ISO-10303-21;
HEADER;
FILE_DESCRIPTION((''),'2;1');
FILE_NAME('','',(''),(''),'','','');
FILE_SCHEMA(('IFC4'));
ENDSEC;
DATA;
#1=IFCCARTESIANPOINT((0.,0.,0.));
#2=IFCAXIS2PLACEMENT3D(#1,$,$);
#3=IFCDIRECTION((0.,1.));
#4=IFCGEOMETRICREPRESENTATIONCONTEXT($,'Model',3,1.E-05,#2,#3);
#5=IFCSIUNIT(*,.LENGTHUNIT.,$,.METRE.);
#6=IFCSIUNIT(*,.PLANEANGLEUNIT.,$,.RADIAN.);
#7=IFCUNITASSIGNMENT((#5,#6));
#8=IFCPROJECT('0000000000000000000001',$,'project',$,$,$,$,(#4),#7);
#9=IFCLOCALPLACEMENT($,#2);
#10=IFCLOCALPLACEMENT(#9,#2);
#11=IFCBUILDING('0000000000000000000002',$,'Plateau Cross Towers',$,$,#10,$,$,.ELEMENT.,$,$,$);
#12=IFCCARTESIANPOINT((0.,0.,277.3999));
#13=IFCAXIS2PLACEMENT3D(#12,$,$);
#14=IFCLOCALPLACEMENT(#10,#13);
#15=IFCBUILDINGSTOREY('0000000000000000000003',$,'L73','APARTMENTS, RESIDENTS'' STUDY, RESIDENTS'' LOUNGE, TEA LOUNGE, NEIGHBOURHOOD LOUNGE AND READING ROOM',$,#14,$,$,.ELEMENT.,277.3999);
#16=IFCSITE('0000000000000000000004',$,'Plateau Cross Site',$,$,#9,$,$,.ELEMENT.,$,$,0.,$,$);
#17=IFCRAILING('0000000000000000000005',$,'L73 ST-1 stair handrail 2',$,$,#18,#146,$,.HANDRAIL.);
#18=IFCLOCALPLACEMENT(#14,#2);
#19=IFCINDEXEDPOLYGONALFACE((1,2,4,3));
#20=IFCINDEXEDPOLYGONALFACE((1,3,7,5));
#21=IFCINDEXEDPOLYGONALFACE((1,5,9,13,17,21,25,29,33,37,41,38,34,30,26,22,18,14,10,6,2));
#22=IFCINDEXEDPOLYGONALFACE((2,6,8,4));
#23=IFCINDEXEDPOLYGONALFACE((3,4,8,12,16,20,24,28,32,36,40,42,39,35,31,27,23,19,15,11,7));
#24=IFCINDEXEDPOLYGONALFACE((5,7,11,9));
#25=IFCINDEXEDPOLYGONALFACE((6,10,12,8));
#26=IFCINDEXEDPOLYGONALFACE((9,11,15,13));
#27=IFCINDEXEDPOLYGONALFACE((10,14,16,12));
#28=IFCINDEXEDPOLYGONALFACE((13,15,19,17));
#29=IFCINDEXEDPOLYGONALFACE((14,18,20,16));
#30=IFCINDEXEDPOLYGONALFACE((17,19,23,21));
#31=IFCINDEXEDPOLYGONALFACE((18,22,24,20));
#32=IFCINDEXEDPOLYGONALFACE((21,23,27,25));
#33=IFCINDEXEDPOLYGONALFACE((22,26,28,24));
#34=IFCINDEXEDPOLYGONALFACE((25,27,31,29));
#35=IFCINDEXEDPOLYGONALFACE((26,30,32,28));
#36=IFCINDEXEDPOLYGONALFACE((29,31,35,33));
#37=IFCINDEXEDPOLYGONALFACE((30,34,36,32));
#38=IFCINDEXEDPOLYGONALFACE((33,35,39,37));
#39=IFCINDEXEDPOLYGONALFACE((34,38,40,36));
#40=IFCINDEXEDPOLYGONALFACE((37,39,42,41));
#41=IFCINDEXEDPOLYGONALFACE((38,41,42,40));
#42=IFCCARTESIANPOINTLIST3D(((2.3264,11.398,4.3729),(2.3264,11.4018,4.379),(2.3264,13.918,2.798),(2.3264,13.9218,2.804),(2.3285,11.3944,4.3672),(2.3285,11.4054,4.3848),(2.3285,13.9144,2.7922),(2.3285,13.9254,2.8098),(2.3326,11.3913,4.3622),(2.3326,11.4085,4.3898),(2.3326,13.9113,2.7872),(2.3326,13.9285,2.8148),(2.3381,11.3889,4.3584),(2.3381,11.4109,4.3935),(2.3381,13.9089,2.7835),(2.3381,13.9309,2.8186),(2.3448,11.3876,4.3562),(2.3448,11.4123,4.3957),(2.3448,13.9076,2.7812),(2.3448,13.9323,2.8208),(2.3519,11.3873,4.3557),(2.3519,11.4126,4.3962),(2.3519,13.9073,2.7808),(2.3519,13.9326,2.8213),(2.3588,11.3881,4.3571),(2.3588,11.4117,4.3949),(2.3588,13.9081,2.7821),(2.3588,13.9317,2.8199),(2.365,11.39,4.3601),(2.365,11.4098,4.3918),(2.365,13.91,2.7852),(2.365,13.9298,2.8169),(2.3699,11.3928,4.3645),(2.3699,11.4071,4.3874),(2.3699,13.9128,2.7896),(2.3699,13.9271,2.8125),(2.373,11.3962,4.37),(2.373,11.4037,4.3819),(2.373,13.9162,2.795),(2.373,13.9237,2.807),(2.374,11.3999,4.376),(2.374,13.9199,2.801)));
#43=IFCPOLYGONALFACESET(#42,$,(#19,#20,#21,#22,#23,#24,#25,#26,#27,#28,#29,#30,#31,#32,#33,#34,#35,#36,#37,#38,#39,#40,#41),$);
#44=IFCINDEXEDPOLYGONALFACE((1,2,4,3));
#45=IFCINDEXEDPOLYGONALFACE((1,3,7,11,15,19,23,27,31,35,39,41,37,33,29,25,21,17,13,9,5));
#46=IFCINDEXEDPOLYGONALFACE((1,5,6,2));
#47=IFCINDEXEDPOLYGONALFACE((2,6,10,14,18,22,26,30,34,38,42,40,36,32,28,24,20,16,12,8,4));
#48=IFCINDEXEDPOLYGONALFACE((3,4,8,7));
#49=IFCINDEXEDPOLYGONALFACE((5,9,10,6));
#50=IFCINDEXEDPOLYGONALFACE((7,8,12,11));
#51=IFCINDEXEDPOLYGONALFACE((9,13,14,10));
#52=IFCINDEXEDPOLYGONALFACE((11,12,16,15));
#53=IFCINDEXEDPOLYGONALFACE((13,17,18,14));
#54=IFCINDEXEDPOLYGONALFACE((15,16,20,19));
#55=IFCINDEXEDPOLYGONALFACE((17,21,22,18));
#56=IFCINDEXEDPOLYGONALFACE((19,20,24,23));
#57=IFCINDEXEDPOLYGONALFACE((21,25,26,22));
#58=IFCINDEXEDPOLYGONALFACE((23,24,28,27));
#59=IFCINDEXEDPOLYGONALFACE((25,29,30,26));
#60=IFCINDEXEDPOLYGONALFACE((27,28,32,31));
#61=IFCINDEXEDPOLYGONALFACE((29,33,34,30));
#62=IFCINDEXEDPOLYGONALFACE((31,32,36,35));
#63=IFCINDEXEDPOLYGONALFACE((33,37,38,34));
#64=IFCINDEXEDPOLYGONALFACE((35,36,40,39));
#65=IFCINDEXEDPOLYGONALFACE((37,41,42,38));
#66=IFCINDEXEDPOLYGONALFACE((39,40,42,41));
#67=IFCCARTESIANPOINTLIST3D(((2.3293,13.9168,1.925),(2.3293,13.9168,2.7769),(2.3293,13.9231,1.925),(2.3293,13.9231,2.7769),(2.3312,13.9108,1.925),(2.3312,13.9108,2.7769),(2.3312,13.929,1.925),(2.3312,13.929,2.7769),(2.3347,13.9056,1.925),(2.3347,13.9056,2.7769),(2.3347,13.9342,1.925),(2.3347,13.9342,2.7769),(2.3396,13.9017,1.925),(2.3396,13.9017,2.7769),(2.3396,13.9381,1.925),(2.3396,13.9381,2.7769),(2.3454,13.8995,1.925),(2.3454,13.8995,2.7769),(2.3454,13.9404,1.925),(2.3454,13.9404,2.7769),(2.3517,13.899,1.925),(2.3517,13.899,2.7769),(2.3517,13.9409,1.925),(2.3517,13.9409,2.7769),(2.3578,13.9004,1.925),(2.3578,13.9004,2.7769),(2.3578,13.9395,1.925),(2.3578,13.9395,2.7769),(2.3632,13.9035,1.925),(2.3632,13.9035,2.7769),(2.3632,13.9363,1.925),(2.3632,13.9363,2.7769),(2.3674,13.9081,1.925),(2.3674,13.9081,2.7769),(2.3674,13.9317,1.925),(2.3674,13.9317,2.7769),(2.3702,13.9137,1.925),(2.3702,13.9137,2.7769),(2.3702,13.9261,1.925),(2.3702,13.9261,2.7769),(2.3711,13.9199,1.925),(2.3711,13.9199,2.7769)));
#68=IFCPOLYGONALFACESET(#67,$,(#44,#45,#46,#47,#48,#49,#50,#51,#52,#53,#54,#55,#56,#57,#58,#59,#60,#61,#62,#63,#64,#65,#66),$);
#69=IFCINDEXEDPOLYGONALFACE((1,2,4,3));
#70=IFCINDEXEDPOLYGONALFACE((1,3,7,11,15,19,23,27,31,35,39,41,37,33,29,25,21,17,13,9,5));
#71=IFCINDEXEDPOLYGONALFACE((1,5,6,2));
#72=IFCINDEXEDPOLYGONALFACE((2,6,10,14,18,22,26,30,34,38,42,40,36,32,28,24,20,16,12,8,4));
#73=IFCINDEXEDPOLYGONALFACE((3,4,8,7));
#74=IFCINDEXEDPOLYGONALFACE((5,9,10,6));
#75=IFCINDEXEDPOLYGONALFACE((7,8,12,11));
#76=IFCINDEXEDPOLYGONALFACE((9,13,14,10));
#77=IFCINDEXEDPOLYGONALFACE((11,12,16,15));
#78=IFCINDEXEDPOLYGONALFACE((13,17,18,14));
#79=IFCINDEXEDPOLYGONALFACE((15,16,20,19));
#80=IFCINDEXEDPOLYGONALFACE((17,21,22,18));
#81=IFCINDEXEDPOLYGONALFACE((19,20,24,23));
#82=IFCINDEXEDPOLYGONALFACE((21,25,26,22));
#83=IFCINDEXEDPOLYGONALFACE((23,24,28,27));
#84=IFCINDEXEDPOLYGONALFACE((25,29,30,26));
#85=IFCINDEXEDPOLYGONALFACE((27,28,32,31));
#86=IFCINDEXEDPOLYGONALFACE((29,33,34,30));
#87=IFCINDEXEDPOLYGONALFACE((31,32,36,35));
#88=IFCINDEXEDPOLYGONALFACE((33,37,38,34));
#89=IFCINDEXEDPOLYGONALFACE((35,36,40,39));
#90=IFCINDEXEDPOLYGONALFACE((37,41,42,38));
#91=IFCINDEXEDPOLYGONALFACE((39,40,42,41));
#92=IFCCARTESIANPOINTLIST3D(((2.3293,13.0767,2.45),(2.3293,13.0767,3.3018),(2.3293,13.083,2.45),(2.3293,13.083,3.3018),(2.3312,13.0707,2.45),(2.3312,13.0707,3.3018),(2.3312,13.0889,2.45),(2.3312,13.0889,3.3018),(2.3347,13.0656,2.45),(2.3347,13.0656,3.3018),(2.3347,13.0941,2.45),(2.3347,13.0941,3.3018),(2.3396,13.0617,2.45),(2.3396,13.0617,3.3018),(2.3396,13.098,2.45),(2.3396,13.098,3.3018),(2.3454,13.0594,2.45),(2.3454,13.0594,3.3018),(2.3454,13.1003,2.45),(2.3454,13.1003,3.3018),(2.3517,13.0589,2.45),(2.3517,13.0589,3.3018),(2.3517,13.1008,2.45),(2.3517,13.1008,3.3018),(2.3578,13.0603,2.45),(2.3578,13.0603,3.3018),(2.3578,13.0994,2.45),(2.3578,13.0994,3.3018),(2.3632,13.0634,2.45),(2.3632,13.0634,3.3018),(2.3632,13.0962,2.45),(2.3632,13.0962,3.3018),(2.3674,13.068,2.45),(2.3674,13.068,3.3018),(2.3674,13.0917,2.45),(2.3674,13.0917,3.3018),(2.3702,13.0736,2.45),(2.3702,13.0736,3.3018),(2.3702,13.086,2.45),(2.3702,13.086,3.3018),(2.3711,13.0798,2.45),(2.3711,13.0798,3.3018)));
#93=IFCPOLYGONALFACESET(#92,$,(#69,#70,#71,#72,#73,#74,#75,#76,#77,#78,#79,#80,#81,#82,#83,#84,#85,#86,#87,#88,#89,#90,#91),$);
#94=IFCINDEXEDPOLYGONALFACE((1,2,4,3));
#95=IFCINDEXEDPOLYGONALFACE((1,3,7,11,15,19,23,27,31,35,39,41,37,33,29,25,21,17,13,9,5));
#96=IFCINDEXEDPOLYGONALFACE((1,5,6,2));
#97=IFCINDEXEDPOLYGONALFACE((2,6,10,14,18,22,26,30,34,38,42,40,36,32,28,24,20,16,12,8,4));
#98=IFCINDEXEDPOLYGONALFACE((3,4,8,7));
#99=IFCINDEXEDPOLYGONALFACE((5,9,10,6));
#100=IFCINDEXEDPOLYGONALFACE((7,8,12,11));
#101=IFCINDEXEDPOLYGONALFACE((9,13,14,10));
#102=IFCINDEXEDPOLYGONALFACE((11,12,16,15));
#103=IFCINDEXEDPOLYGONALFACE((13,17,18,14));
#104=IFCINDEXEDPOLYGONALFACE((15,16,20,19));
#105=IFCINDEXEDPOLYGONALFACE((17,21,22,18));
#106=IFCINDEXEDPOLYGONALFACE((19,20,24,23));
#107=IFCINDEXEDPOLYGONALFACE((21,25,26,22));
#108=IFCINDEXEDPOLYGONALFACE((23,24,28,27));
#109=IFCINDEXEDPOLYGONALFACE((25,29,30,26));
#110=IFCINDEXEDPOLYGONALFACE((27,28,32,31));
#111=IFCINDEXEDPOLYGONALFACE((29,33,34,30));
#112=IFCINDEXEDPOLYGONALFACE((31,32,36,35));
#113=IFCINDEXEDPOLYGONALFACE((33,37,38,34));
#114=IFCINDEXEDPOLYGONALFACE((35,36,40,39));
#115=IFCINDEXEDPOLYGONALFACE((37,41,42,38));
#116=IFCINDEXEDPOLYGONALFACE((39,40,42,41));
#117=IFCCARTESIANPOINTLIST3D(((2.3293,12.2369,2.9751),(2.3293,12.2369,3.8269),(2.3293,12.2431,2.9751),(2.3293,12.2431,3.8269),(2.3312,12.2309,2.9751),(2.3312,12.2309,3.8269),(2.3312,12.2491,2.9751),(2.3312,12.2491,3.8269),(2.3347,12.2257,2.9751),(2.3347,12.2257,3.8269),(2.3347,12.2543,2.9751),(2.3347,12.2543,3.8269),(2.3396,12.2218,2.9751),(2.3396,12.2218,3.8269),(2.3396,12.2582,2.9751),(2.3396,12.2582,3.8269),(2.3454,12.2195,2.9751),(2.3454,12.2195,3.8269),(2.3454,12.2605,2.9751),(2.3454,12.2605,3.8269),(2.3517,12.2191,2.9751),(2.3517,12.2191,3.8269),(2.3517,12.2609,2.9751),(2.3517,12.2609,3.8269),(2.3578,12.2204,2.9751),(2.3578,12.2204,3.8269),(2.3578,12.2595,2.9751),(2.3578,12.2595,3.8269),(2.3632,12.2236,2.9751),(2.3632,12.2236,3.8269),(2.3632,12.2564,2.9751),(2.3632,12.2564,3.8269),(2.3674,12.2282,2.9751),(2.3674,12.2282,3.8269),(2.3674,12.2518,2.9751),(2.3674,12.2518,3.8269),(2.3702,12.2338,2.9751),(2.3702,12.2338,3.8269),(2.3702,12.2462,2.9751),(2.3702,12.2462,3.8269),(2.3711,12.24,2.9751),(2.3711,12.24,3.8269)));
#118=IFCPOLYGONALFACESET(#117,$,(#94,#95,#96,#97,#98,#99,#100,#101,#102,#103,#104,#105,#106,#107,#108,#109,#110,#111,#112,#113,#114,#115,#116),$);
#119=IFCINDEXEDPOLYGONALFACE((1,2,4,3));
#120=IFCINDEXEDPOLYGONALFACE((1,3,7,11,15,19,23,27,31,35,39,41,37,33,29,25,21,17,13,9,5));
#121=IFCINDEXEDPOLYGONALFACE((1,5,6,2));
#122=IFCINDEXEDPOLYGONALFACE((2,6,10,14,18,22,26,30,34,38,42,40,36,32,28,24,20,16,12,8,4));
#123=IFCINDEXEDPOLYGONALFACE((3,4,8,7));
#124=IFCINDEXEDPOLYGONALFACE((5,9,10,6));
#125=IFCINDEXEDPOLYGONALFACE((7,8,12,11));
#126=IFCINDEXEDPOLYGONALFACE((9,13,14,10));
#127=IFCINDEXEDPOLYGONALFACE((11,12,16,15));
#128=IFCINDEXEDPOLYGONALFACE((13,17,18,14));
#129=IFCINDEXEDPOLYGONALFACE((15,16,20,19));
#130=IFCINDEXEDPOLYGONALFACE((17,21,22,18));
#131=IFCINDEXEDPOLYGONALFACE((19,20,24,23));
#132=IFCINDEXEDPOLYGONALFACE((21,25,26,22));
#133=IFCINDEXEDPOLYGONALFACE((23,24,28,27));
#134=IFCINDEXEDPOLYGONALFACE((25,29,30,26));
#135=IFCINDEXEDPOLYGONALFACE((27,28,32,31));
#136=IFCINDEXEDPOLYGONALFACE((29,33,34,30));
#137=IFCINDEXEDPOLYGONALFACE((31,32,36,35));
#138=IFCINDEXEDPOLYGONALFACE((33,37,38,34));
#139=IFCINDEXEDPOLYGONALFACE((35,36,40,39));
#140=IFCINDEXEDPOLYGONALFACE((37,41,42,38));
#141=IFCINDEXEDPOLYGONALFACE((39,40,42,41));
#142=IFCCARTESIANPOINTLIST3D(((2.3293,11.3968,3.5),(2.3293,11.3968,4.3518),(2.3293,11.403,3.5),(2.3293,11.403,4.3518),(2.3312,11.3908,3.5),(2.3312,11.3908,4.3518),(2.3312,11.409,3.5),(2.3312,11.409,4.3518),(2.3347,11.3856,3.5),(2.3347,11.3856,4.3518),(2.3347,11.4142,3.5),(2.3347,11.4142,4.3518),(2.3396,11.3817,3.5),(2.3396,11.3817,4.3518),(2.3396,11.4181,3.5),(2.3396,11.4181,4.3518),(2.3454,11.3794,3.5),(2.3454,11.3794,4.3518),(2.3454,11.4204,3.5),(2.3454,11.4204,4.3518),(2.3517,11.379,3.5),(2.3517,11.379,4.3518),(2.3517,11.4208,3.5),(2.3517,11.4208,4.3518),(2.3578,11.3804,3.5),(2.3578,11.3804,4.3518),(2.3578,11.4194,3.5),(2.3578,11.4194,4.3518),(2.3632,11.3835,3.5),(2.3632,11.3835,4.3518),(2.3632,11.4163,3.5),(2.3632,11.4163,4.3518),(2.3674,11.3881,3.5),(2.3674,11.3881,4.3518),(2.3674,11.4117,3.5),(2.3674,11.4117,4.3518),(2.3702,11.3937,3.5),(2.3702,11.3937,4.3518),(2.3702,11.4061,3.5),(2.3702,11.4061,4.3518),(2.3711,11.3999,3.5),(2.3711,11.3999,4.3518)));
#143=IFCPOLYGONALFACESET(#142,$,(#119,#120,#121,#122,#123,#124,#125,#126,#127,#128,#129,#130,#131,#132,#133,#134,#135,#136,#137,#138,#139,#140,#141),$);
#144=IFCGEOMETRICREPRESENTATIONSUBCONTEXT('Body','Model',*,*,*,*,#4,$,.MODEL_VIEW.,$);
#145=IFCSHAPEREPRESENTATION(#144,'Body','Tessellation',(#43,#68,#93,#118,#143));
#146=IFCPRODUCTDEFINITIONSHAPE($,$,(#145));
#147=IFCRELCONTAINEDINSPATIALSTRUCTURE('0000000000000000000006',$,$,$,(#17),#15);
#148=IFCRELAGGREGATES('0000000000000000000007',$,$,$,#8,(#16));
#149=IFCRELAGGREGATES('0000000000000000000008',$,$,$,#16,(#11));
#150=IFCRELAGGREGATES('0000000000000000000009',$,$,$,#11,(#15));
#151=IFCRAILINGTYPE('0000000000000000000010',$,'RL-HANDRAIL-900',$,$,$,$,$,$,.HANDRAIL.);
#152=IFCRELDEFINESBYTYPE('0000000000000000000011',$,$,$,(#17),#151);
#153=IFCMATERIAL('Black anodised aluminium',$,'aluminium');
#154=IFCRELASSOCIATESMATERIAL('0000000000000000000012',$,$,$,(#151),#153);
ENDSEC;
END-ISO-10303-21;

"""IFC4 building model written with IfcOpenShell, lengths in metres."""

from ifc_helpers import new_model, si_unit, direction, frame, origin, origin_2d, place, context, subcontext, project, spatial, circle, extrude, material, type_object, element, save


model = new_model("IFC4")

# Units and contexts
model_context = context("Model", 3, precision=1e-05, world=origin(), true_north=direction((0.0, 1.0)))
body_context = subcontext(model_context, "Body", "Model", "MODEL_VIEW")
ifc_project = project(units=[si_unit("LENGTHUNIT", "METRE"), si_unit("PLANEANGLEUNIT", "RADIAN")], contexts=[model_context])

# Site, building, storey
site_placement = place(None, origin())
site = spatial("IfcSite", under=ifc_project, at=site_placement, Name="Plateau Cross Site", CompositionType="ELEMENT", RefElevation=0.0)
building_placement = place(site_placement, origin())
building = spatial("IfcBuilding", under=site, at=building_placement, Name="Plateau Cross Towers", CompositionType="ELEMENT")
storey_placement = place(building_placement, frame((0.0, 0.0, 277.3999)))
storey = spatial("IfcBuildingStorey", under=building, at=storey_placement, Name="L73", Description="APARTMENTS, RESIDENTS' STUDY, RESIDENTS' LOUNGE, TEA LOUNGE, NEIGHBOURHOOD LOUNGE AND READING ROOM", CompositionType="ELEMENT", Elevation=277.3999)

# Shared definitions
ifc_material_1 = material(Name="Black anodised aluminium", Category="aluminium")

# Railing
railing_type_1 = type_object("IfcRailingType", Name="RL-HANDRAIL-900", PredefinedType="HANDRAIL", material=ifc_material_1)
railing_1_placement = place(storey_placement, frame((2.3501, 13.9199, 1.925)))
element("IfcRailing", 1, at=railing_1_placement, inside=storey, type_object=railing_type_1, Name="L73 ST-1 stair handrail 2", PredefinedType="HANDRAIL", context=body_context, shape_type="SweptSolid", body=[
    extrude(circle(Radius=0.0239, at=origin_2d()), frame((0.0, 0.0, 0.876), z_axis=(0.0, -0.848008, 0.529984), x_axis=(1.0, 0.0, 0.0)), (0.0, 0.0, 1.0), 2.9717),
    extrude(circle(Radius=0.021, at=origin_2d()), origin(), (0.0, 0.0, 1.0), 0.8518),
    extrude(circle(Radius=0.021, at=origin_2d()), frame((0.0, -0.8401, 0.5249)), (0.0, 0.0, 1.0), 0.8518),
    extrude(circle(Radius=0.021, at=origin_2d()), frame((0.0, -1.6799, 1.05)), (0.0, 0.0, 1.0), 0.8518),
    extrude(circle(Radius=0.021, at=origin_2d()), frame((0.0, -2.52, 1.575)), (0.0, 0.0, 1.0), 0.8518),
])

save(model, "model.ifc")
